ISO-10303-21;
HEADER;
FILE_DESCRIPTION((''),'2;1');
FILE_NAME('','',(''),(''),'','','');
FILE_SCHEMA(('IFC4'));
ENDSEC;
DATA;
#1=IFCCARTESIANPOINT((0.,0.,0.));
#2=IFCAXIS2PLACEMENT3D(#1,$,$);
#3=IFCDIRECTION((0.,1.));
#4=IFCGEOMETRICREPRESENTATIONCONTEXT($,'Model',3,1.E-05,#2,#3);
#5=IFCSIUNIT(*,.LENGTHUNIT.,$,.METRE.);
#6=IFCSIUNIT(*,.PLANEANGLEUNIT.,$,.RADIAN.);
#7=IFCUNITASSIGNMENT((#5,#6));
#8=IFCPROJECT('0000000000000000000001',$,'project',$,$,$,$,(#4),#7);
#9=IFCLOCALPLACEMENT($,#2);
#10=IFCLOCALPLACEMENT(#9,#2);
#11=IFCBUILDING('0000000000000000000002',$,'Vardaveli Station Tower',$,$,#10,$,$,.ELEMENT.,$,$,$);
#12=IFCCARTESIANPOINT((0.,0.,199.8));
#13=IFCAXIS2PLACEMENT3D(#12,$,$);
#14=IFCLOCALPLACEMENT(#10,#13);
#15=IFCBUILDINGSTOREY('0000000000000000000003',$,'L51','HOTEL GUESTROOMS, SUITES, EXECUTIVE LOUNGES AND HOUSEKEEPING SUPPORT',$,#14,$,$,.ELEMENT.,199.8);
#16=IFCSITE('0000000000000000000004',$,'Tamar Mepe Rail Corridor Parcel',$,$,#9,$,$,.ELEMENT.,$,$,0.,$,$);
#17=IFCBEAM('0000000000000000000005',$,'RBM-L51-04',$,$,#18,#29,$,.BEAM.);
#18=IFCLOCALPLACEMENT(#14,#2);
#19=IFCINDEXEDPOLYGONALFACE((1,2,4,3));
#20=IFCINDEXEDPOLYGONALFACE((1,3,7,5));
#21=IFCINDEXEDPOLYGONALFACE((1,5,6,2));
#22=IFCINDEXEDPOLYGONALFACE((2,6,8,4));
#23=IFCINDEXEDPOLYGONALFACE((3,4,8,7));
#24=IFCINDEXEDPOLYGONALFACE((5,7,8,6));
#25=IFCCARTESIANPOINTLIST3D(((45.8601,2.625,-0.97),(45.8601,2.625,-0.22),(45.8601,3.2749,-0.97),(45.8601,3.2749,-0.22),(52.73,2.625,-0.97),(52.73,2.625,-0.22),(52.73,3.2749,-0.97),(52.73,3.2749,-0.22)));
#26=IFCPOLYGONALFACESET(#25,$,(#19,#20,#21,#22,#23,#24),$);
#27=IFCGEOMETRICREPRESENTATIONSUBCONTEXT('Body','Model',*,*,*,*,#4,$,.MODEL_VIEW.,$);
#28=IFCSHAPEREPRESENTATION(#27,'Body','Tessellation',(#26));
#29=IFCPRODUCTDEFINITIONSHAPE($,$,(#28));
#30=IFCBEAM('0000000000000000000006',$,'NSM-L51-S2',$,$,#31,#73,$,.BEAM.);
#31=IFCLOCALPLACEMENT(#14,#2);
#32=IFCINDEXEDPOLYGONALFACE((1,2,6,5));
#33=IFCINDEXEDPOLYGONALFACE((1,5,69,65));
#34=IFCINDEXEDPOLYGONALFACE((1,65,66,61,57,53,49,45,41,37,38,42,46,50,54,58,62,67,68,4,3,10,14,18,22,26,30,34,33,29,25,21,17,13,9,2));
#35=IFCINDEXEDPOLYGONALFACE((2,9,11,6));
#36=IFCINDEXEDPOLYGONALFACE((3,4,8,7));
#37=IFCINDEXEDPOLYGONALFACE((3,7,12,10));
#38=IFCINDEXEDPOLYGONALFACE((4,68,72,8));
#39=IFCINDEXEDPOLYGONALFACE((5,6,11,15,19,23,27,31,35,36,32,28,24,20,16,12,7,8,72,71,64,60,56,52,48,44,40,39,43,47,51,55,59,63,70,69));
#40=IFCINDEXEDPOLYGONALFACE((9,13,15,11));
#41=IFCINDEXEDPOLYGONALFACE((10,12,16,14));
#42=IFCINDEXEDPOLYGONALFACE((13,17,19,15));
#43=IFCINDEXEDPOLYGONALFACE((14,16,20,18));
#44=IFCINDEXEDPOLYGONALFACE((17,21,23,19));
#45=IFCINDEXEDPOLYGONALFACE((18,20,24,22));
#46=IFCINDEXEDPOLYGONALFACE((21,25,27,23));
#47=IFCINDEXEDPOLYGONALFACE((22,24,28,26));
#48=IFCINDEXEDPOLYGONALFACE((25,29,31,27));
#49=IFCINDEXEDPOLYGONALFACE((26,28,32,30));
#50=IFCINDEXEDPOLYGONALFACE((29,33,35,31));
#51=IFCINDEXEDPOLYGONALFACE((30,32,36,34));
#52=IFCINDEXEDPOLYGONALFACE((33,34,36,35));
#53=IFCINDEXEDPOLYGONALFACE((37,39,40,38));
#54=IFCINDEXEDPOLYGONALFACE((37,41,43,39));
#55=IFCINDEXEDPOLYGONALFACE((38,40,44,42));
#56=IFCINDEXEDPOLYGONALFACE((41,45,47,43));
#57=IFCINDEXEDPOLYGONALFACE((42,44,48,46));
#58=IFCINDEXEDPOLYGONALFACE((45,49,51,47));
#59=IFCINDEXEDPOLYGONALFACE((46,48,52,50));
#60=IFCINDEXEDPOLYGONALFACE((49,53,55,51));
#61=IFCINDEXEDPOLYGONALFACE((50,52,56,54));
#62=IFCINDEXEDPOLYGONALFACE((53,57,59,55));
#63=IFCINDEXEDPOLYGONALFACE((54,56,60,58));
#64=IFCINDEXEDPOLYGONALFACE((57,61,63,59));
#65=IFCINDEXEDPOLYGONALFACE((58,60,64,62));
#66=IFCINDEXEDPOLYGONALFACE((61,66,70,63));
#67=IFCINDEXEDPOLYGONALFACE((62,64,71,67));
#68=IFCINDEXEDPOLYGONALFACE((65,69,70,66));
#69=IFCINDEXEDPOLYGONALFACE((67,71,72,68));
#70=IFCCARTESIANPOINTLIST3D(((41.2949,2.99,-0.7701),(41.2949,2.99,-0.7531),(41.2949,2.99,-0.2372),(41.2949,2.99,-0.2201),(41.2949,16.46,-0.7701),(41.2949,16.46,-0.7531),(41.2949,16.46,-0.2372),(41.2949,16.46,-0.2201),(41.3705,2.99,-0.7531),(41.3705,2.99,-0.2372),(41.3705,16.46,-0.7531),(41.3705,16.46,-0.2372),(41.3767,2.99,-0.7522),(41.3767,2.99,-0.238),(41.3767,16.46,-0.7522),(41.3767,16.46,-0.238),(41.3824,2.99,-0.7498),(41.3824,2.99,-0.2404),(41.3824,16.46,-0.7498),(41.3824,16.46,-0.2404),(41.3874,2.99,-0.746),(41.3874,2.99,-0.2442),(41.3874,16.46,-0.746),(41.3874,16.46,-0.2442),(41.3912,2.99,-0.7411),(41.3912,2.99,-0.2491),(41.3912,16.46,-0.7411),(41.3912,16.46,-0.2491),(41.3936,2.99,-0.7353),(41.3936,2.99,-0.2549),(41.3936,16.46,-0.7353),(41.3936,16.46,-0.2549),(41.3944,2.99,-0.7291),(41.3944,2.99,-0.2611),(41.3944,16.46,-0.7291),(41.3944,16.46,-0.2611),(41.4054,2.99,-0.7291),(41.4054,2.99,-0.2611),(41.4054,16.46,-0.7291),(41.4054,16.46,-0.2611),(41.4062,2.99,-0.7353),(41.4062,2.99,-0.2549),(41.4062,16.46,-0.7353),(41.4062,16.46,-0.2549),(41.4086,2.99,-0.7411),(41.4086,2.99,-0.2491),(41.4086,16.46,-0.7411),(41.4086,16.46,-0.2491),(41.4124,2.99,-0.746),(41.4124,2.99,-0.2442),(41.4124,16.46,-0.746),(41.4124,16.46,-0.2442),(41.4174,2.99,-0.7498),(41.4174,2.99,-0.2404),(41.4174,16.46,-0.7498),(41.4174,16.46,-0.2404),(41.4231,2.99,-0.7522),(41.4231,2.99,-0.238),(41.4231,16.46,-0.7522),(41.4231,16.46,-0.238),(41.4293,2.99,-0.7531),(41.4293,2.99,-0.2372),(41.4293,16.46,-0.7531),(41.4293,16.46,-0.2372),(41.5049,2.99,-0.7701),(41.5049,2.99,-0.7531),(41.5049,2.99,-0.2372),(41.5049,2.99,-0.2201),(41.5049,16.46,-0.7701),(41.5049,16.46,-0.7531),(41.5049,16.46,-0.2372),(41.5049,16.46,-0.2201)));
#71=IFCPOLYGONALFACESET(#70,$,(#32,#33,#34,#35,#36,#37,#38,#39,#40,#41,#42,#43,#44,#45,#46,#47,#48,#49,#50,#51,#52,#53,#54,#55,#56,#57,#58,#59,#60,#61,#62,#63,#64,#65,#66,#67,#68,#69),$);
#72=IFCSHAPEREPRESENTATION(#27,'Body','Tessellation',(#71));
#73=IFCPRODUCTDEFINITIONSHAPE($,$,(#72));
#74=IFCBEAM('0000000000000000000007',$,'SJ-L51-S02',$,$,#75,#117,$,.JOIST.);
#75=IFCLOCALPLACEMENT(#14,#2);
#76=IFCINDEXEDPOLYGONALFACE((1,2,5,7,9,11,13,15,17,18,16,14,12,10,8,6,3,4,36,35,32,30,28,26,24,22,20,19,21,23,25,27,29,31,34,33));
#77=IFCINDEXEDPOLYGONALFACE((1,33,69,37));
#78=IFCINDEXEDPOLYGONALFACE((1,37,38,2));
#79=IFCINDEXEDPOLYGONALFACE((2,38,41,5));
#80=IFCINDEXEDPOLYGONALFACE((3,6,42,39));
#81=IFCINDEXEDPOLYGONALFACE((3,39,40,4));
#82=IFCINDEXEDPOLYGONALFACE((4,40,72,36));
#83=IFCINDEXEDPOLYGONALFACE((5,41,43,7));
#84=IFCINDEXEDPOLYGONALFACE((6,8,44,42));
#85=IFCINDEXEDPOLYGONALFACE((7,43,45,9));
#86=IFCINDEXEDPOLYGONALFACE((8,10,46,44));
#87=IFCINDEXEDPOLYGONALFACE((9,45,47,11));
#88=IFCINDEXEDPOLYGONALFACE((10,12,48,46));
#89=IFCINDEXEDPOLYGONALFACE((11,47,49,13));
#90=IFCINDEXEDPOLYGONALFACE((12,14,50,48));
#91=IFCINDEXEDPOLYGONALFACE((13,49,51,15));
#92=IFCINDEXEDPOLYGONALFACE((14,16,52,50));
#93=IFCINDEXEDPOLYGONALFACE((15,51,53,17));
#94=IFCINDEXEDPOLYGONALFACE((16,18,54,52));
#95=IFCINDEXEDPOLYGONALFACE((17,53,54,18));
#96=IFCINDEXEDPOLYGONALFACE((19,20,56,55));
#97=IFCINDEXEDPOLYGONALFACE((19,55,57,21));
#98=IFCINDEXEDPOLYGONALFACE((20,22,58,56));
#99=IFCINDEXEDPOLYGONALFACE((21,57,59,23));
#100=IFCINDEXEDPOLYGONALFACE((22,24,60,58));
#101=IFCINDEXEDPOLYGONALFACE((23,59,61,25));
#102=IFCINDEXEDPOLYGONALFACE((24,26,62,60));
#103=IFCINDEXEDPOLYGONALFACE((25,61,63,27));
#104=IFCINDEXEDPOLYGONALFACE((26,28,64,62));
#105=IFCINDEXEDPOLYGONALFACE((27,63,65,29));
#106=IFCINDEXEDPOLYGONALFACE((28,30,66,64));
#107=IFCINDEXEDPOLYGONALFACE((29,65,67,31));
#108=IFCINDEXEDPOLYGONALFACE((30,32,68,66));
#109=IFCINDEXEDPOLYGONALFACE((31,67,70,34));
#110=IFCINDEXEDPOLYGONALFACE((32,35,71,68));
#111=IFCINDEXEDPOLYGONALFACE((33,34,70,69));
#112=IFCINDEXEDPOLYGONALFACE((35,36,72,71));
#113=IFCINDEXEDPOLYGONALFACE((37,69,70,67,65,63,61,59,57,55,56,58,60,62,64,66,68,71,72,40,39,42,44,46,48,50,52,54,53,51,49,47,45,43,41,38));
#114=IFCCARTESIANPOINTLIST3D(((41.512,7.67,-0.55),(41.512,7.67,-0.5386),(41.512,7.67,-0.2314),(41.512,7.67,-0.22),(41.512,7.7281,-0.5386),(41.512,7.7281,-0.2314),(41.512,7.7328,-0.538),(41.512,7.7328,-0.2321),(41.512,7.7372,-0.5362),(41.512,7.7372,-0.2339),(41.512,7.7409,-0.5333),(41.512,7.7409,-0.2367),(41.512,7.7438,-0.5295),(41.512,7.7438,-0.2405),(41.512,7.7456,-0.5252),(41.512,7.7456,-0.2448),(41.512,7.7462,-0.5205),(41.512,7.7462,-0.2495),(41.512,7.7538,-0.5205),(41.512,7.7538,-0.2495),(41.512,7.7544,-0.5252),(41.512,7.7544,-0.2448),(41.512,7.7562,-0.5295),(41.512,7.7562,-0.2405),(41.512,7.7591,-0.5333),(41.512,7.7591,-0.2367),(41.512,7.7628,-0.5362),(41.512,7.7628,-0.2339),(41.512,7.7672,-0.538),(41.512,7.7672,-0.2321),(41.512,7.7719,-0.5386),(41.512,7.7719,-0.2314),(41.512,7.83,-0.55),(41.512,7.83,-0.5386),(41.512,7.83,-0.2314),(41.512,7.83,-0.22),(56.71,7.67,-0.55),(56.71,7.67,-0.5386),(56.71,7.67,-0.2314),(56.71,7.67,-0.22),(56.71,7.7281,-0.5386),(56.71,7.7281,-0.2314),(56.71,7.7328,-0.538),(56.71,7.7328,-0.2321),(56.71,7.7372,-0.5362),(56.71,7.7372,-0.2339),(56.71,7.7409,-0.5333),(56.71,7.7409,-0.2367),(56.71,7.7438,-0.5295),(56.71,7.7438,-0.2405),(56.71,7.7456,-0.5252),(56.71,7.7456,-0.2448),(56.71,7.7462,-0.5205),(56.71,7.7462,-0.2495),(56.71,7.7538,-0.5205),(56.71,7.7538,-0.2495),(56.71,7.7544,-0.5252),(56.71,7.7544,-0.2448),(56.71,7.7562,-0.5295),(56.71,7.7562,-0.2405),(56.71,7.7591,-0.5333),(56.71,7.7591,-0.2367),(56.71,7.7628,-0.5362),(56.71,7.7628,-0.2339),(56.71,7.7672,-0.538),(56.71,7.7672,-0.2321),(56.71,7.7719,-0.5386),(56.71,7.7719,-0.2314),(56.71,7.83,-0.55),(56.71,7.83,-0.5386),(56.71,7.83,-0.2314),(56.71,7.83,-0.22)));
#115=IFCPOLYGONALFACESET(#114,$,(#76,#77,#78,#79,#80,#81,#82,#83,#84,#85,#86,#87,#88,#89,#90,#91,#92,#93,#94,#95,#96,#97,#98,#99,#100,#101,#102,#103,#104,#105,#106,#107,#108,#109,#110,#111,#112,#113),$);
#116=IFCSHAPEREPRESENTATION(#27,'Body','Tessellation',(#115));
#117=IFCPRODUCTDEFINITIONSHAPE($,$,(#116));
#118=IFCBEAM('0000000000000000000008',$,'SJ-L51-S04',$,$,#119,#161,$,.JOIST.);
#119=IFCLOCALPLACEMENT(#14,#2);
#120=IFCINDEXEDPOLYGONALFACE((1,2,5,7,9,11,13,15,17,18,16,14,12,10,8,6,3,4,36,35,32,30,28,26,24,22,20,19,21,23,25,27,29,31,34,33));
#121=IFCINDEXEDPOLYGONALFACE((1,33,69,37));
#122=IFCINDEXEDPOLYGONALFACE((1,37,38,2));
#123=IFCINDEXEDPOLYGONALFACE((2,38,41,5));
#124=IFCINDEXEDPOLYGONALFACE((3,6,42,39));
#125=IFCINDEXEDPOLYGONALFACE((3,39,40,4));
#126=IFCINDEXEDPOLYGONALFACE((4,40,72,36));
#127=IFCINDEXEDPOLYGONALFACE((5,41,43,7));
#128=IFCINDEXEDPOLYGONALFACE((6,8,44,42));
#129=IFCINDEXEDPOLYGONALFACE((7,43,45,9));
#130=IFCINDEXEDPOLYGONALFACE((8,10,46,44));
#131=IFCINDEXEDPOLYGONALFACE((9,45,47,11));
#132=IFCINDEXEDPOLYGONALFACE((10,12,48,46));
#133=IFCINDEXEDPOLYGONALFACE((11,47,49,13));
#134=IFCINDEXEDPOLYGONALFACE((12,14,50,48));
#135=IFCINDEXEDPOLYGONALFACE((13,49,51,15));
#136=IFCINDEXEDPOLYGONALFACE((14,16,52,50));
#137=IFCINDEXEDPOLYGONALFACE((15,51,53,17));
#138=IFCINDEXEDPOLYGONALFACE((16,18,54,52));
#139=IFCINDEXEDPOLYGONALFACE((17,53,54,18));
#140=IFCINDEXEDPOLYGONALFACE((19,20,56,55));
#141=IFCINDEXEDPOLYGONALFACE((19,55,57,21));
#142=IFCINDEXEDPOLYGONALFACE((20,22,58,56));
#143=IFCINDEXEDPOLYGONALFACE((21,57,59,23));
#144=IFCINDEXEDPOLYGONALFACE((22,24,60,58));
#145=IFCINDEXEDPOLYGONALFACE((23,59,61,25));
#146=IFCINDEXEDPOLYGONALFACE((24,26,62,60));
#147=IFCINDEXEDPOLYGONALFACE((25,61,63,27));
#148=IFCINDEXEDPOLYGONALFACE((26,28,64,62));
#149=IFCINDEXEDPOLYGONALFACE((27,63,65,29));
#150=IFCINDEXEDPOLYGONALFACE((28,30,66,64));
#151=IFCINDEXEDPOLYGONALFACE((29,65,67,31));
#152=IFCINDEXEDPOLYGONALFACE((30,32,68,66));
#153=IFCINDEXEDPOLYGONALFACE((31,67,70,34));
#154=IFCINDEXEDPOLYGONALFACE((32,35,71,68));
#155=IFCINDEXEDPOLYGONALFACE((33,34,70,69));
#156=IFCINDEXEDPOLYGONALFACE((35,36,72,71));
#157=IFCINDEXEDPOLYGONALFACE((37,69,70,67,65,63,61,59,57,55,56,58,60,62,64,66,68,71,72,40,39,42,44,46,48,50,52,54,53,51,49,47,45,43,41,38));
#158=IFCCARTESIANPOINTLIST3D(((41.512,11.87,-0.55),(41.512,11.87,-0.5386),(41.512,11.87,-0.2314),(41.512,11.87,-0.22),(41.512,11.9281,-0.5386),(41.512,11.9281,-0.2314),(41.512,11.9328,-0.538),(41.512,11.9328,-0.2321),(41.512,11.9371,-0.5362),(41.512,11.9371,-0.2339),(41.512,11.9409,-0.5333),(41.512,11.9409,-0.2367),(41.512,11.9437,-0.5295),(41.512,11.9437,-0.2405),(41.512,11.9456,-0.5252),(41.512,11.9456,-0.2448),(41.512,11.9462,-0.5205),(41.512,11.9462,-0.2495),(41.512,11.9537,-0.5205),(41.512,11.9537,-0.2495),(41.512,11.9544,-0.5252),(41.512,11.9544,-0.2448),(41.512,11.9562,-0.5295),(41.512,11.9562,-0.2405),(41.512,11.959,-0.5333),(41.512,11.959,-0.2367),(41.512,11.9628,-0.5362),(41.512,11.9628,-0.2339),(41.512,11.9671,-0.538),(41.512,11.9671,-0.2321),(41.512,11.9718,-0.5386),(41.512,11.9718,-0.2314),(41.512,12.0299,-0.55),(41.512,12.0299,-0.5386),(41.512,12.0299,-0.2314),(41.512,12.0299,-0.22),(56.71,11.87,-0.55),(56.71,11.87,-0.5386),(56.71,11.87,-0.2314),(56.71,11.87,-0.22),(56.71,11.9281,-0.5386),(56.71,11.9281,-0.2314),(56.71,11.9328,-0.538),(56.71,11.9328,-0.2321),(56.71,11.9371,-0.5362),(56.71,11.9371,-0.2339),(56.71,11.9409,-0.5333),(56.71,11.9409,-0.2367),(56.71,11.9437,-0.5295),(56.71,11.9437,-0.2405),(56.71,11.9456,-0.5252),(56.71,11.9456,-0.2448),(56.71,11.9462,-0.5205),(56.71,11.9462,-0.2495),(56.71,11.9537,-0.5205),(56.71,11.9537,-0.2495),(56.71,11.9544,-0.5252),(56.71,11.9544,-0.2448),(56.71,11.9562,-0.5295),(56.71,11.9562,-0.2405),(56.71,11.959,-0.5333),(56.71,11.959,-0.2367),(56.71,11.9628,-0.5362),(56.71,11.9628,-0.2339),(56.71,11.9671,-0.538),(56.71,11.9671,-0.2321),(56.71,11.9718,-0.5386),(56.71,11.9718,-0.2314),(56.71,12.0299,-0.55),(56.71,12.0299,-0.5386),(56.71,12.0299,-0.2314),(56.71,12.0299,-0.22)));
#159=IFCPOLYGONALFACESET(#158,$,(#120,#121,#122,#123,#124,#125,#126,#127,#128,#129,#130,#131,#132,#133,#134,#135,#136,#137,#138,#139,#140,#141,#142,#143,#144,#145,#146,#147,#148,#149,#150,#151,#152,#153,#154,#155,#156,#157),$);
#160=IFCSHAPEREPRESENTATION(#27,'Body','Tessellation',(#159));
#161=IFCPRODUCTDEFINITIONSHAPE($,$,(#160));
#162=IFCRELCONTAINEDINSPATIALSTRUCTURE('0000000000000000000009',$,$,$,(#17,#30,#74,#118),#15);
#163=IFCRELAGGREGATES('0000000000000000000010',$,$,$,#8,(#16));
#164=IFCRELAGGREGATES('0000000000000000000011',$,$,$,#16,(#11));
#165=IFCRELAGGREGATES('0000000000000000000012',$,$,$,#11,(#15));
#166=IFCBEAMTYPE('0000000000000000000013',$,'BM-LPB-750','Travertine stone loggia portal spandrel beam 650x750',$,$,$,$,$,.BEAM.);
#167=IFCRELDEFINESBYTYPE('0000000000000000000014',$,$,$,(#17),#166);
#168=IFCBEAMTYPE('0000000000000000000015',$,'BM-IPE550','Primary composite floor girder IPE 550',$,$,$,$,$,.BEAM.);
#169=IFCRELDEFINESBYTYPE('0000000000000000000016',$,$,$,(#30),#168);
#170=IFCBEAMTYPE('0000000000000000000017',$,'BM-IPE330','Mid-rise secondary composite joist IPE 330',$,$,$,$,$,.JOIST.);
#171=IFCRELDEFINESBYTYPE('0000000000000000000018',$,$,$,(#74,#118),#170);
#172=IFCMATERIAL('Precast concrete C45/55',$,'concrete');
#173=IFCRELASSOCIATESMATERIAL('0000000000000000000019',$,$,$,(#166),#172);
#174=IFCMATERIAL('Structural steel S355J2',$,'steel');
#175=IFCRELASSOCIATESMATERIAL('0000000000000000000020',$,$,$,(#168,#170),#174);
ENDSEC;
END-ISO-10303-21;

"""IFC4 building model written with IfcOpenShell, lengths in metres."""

from ifc_helpers import new_model, si_unit, direction, frame, origin, origin_2d, place, context, subcontext, project, spatial, rectangle, i_section, extrude, source, transform, mapped, material, material_profile, profile_set, type_object, element, save


model = new_model("IFC4")

# Units and contexts
model_context = context("Model", 3, precision=1e-05, world=origin(), true_north=direction((0.0, 1.0)))
body_context = subcontext(model_context, "Body", "Model", "MODEL_VIEW")
ifc_project = project(units=[si_unit("LENGTHUNIT", "METRE"), si_unit("PLANEANGLEUNIT", "RADIAN")], contexts=[model_context])

# Site, building, storey
site_placement = place(None, origin())
site = spatial("IfcSite", under=ifc_project, at=site_placement, Name="Tamar Mepe Rail Corridor Parcel", CompositionType="ELEMENT", RefElevation=0.0)
building_placement = place(site_placement, origin())
building = spatial("IfcBuilding", under=site, at=building_placement, Name="Vardaveli Station Tower", CompositionType="ELEMENT")
storey_placement = place(building_placement, frame((0.0, 0.0, 199.8)))
storey = spatial("IfcBuildingStorey", under=building, at=storey_placement, Name="L51", Description="HOTEL GUESTROOMS, SUITES, EXECUTIVE LOUNGES AND HOUSEKEEPING SUPPORT", CompositionType="ELEMENT", Elevation=199.8)

# Beams
ifc_material_1 = material(Name="Structural steel S355J2", Category="steel")
ifc_material_2 = material(Name="Precast concrete C45/55", Category="concrete")
ifc_material_profile_1 = material_profile(ifc_material_2, rectangle(XDim=0.6499, YDim=0.75, at=origin_2d()), Name="LPB 650x750")
ifc_profile_set_1 = profile_set([ifc_material_profile_1], Name="Precast concrete C45/55")
beam_type_1 = type_object("IfcBeamType", Name="BM-LPB-750", Description="Travertine stone loggia portal spandrel beam 650x750", PredefinedType="BEAM", material=ifc_profile_set_1)
shared_shape_1 = source(origin(), body_context, "Body", "SweptSolid", [
    extrude(rectangle(XDim=0.6499, YDim=0.75, at=origin_2d()), origin(), (0.0, 0.0, 1.0), 6.8699),
])
beam_1_placement = place(storey_placement, frame((45.8601, 2.95, -0.595), z_axis=(1.0, 0.0, 0.0), x_axis=(0.0, 1.0, 0.0)))
element("IfcBeam", 1, at=beam_1_placement, inside=storey, type_object=beam_type_1, Name="RBM-L51-04", PredefinedType="BEAM", context=body_context, shape_type="MappedRepresentation", body=[
    mapped(shared_shape_1, transform((0.0, 0.0, 0.0), scale=1.0)),
])
ifc_material_profile_2 = material_profile(ifc_material_1, i_section(OverallWidth=0.21, OverallDepth=0.55, WebThickness=0.011, FlangeThickness=0.0171, FilletRadius=0.0239, at=origin_2d()), Name="IPE 550")
ifc_profile_set_2 = profile_set([ifc_material_profile_2], Name="Structural steel S355J2")
beam_type_2 = type_object("IfcBeamType", Name="BM-IPE550", Description="Primary composite floor girder IPE 550", PredefinedType="BEAM", material=ifc_profile_set_2)
shared_shape_2 = source(origin(), body_context, "Body", "SweptSolid", [
    extrude(i_section(OverallWidth=0.21, OverallDepth=0.55, WebThickness=0.011, FlangeThickness=0.0171, FilletRadius=0.0239, at=origin_2d()), origin(), (0.0, 0.0, 1.0), 13.47),
])
beam_2_placement = place(storey_placement, frame((41.3999, 2.99, -0.4951), z_axis=(0.0, 1.0, 0.0), x_axis=(-1.0, 0.0, 0.0)))
element("IfcBeam", 2, at=beam_2_placement, inside=storey, type_object=beam_type_2, Name="NSM-L51-S2", PredefinedType="BEAM", context=body_context, shape_type="MappedRepresentation", body=[
    mapped(shared_shape_2, transform((0.0, 0.0, 0.0), scale=1.0)),
])
ifc_material_profile_3 = material_profile(ifc_material_1, i_section(OverallWidth=0.1599, OverallDepth=0.3301, WebThickness=0.0076, FlangeThickness=0.0115, FilletRadius=0.0181, at=origin_2d()), Name="IPE 330")
ifc_profile_set_3 = profile_set([ifc_material_profile_3], Name="Structural steel S355J2")
beam_type_3 = type_object("IfcBeamType", Name="BM-IPE330", Description="Mid-rise secondary composite joist IPE 330", PredefinedType="JOIST", material=ifc_profile_set_3)
shared_shape_3 = source(origin(), body_context, "Body", "SweptSolid", [
    extrude(i_section(OverallWidth=0.1599, OverallDepth=0.3301, WebThickness=0.0076, FlangeThickness=0.0115, FilletRadius=0.0181, at=origin_2d()), origin(), (0.0, 0.0, 1.0), 15.198),
])
for number, where, z_axis, x_axis, name in (
    (3, (41.512, 7.75, -0.385), (1.0, 0.0, 0.0), (0.0, 1.0, 0.0), "SJ-L51-S02"),
    (4, (41.512, 11.95, -0.385), (1.0, 0.0, 0.0), (0.0, 1.0, 0.0), "SJ-L51-S04"),
):
    element("IfcBeam", number, at=place(storey_placement, frame(where, z_axis=z_axis, x_axis=x_axis)), inside=storey, type_object=beam_type_3, Name=name, PredefinedType="JOIST", context=body_context, shape_type="MappedRepresentation", body=[
        mapped(shared_shape_3, transform((0.0, 0.0, 0.0), scale=1.0)),
    ])

save(model, "model.ifc")
